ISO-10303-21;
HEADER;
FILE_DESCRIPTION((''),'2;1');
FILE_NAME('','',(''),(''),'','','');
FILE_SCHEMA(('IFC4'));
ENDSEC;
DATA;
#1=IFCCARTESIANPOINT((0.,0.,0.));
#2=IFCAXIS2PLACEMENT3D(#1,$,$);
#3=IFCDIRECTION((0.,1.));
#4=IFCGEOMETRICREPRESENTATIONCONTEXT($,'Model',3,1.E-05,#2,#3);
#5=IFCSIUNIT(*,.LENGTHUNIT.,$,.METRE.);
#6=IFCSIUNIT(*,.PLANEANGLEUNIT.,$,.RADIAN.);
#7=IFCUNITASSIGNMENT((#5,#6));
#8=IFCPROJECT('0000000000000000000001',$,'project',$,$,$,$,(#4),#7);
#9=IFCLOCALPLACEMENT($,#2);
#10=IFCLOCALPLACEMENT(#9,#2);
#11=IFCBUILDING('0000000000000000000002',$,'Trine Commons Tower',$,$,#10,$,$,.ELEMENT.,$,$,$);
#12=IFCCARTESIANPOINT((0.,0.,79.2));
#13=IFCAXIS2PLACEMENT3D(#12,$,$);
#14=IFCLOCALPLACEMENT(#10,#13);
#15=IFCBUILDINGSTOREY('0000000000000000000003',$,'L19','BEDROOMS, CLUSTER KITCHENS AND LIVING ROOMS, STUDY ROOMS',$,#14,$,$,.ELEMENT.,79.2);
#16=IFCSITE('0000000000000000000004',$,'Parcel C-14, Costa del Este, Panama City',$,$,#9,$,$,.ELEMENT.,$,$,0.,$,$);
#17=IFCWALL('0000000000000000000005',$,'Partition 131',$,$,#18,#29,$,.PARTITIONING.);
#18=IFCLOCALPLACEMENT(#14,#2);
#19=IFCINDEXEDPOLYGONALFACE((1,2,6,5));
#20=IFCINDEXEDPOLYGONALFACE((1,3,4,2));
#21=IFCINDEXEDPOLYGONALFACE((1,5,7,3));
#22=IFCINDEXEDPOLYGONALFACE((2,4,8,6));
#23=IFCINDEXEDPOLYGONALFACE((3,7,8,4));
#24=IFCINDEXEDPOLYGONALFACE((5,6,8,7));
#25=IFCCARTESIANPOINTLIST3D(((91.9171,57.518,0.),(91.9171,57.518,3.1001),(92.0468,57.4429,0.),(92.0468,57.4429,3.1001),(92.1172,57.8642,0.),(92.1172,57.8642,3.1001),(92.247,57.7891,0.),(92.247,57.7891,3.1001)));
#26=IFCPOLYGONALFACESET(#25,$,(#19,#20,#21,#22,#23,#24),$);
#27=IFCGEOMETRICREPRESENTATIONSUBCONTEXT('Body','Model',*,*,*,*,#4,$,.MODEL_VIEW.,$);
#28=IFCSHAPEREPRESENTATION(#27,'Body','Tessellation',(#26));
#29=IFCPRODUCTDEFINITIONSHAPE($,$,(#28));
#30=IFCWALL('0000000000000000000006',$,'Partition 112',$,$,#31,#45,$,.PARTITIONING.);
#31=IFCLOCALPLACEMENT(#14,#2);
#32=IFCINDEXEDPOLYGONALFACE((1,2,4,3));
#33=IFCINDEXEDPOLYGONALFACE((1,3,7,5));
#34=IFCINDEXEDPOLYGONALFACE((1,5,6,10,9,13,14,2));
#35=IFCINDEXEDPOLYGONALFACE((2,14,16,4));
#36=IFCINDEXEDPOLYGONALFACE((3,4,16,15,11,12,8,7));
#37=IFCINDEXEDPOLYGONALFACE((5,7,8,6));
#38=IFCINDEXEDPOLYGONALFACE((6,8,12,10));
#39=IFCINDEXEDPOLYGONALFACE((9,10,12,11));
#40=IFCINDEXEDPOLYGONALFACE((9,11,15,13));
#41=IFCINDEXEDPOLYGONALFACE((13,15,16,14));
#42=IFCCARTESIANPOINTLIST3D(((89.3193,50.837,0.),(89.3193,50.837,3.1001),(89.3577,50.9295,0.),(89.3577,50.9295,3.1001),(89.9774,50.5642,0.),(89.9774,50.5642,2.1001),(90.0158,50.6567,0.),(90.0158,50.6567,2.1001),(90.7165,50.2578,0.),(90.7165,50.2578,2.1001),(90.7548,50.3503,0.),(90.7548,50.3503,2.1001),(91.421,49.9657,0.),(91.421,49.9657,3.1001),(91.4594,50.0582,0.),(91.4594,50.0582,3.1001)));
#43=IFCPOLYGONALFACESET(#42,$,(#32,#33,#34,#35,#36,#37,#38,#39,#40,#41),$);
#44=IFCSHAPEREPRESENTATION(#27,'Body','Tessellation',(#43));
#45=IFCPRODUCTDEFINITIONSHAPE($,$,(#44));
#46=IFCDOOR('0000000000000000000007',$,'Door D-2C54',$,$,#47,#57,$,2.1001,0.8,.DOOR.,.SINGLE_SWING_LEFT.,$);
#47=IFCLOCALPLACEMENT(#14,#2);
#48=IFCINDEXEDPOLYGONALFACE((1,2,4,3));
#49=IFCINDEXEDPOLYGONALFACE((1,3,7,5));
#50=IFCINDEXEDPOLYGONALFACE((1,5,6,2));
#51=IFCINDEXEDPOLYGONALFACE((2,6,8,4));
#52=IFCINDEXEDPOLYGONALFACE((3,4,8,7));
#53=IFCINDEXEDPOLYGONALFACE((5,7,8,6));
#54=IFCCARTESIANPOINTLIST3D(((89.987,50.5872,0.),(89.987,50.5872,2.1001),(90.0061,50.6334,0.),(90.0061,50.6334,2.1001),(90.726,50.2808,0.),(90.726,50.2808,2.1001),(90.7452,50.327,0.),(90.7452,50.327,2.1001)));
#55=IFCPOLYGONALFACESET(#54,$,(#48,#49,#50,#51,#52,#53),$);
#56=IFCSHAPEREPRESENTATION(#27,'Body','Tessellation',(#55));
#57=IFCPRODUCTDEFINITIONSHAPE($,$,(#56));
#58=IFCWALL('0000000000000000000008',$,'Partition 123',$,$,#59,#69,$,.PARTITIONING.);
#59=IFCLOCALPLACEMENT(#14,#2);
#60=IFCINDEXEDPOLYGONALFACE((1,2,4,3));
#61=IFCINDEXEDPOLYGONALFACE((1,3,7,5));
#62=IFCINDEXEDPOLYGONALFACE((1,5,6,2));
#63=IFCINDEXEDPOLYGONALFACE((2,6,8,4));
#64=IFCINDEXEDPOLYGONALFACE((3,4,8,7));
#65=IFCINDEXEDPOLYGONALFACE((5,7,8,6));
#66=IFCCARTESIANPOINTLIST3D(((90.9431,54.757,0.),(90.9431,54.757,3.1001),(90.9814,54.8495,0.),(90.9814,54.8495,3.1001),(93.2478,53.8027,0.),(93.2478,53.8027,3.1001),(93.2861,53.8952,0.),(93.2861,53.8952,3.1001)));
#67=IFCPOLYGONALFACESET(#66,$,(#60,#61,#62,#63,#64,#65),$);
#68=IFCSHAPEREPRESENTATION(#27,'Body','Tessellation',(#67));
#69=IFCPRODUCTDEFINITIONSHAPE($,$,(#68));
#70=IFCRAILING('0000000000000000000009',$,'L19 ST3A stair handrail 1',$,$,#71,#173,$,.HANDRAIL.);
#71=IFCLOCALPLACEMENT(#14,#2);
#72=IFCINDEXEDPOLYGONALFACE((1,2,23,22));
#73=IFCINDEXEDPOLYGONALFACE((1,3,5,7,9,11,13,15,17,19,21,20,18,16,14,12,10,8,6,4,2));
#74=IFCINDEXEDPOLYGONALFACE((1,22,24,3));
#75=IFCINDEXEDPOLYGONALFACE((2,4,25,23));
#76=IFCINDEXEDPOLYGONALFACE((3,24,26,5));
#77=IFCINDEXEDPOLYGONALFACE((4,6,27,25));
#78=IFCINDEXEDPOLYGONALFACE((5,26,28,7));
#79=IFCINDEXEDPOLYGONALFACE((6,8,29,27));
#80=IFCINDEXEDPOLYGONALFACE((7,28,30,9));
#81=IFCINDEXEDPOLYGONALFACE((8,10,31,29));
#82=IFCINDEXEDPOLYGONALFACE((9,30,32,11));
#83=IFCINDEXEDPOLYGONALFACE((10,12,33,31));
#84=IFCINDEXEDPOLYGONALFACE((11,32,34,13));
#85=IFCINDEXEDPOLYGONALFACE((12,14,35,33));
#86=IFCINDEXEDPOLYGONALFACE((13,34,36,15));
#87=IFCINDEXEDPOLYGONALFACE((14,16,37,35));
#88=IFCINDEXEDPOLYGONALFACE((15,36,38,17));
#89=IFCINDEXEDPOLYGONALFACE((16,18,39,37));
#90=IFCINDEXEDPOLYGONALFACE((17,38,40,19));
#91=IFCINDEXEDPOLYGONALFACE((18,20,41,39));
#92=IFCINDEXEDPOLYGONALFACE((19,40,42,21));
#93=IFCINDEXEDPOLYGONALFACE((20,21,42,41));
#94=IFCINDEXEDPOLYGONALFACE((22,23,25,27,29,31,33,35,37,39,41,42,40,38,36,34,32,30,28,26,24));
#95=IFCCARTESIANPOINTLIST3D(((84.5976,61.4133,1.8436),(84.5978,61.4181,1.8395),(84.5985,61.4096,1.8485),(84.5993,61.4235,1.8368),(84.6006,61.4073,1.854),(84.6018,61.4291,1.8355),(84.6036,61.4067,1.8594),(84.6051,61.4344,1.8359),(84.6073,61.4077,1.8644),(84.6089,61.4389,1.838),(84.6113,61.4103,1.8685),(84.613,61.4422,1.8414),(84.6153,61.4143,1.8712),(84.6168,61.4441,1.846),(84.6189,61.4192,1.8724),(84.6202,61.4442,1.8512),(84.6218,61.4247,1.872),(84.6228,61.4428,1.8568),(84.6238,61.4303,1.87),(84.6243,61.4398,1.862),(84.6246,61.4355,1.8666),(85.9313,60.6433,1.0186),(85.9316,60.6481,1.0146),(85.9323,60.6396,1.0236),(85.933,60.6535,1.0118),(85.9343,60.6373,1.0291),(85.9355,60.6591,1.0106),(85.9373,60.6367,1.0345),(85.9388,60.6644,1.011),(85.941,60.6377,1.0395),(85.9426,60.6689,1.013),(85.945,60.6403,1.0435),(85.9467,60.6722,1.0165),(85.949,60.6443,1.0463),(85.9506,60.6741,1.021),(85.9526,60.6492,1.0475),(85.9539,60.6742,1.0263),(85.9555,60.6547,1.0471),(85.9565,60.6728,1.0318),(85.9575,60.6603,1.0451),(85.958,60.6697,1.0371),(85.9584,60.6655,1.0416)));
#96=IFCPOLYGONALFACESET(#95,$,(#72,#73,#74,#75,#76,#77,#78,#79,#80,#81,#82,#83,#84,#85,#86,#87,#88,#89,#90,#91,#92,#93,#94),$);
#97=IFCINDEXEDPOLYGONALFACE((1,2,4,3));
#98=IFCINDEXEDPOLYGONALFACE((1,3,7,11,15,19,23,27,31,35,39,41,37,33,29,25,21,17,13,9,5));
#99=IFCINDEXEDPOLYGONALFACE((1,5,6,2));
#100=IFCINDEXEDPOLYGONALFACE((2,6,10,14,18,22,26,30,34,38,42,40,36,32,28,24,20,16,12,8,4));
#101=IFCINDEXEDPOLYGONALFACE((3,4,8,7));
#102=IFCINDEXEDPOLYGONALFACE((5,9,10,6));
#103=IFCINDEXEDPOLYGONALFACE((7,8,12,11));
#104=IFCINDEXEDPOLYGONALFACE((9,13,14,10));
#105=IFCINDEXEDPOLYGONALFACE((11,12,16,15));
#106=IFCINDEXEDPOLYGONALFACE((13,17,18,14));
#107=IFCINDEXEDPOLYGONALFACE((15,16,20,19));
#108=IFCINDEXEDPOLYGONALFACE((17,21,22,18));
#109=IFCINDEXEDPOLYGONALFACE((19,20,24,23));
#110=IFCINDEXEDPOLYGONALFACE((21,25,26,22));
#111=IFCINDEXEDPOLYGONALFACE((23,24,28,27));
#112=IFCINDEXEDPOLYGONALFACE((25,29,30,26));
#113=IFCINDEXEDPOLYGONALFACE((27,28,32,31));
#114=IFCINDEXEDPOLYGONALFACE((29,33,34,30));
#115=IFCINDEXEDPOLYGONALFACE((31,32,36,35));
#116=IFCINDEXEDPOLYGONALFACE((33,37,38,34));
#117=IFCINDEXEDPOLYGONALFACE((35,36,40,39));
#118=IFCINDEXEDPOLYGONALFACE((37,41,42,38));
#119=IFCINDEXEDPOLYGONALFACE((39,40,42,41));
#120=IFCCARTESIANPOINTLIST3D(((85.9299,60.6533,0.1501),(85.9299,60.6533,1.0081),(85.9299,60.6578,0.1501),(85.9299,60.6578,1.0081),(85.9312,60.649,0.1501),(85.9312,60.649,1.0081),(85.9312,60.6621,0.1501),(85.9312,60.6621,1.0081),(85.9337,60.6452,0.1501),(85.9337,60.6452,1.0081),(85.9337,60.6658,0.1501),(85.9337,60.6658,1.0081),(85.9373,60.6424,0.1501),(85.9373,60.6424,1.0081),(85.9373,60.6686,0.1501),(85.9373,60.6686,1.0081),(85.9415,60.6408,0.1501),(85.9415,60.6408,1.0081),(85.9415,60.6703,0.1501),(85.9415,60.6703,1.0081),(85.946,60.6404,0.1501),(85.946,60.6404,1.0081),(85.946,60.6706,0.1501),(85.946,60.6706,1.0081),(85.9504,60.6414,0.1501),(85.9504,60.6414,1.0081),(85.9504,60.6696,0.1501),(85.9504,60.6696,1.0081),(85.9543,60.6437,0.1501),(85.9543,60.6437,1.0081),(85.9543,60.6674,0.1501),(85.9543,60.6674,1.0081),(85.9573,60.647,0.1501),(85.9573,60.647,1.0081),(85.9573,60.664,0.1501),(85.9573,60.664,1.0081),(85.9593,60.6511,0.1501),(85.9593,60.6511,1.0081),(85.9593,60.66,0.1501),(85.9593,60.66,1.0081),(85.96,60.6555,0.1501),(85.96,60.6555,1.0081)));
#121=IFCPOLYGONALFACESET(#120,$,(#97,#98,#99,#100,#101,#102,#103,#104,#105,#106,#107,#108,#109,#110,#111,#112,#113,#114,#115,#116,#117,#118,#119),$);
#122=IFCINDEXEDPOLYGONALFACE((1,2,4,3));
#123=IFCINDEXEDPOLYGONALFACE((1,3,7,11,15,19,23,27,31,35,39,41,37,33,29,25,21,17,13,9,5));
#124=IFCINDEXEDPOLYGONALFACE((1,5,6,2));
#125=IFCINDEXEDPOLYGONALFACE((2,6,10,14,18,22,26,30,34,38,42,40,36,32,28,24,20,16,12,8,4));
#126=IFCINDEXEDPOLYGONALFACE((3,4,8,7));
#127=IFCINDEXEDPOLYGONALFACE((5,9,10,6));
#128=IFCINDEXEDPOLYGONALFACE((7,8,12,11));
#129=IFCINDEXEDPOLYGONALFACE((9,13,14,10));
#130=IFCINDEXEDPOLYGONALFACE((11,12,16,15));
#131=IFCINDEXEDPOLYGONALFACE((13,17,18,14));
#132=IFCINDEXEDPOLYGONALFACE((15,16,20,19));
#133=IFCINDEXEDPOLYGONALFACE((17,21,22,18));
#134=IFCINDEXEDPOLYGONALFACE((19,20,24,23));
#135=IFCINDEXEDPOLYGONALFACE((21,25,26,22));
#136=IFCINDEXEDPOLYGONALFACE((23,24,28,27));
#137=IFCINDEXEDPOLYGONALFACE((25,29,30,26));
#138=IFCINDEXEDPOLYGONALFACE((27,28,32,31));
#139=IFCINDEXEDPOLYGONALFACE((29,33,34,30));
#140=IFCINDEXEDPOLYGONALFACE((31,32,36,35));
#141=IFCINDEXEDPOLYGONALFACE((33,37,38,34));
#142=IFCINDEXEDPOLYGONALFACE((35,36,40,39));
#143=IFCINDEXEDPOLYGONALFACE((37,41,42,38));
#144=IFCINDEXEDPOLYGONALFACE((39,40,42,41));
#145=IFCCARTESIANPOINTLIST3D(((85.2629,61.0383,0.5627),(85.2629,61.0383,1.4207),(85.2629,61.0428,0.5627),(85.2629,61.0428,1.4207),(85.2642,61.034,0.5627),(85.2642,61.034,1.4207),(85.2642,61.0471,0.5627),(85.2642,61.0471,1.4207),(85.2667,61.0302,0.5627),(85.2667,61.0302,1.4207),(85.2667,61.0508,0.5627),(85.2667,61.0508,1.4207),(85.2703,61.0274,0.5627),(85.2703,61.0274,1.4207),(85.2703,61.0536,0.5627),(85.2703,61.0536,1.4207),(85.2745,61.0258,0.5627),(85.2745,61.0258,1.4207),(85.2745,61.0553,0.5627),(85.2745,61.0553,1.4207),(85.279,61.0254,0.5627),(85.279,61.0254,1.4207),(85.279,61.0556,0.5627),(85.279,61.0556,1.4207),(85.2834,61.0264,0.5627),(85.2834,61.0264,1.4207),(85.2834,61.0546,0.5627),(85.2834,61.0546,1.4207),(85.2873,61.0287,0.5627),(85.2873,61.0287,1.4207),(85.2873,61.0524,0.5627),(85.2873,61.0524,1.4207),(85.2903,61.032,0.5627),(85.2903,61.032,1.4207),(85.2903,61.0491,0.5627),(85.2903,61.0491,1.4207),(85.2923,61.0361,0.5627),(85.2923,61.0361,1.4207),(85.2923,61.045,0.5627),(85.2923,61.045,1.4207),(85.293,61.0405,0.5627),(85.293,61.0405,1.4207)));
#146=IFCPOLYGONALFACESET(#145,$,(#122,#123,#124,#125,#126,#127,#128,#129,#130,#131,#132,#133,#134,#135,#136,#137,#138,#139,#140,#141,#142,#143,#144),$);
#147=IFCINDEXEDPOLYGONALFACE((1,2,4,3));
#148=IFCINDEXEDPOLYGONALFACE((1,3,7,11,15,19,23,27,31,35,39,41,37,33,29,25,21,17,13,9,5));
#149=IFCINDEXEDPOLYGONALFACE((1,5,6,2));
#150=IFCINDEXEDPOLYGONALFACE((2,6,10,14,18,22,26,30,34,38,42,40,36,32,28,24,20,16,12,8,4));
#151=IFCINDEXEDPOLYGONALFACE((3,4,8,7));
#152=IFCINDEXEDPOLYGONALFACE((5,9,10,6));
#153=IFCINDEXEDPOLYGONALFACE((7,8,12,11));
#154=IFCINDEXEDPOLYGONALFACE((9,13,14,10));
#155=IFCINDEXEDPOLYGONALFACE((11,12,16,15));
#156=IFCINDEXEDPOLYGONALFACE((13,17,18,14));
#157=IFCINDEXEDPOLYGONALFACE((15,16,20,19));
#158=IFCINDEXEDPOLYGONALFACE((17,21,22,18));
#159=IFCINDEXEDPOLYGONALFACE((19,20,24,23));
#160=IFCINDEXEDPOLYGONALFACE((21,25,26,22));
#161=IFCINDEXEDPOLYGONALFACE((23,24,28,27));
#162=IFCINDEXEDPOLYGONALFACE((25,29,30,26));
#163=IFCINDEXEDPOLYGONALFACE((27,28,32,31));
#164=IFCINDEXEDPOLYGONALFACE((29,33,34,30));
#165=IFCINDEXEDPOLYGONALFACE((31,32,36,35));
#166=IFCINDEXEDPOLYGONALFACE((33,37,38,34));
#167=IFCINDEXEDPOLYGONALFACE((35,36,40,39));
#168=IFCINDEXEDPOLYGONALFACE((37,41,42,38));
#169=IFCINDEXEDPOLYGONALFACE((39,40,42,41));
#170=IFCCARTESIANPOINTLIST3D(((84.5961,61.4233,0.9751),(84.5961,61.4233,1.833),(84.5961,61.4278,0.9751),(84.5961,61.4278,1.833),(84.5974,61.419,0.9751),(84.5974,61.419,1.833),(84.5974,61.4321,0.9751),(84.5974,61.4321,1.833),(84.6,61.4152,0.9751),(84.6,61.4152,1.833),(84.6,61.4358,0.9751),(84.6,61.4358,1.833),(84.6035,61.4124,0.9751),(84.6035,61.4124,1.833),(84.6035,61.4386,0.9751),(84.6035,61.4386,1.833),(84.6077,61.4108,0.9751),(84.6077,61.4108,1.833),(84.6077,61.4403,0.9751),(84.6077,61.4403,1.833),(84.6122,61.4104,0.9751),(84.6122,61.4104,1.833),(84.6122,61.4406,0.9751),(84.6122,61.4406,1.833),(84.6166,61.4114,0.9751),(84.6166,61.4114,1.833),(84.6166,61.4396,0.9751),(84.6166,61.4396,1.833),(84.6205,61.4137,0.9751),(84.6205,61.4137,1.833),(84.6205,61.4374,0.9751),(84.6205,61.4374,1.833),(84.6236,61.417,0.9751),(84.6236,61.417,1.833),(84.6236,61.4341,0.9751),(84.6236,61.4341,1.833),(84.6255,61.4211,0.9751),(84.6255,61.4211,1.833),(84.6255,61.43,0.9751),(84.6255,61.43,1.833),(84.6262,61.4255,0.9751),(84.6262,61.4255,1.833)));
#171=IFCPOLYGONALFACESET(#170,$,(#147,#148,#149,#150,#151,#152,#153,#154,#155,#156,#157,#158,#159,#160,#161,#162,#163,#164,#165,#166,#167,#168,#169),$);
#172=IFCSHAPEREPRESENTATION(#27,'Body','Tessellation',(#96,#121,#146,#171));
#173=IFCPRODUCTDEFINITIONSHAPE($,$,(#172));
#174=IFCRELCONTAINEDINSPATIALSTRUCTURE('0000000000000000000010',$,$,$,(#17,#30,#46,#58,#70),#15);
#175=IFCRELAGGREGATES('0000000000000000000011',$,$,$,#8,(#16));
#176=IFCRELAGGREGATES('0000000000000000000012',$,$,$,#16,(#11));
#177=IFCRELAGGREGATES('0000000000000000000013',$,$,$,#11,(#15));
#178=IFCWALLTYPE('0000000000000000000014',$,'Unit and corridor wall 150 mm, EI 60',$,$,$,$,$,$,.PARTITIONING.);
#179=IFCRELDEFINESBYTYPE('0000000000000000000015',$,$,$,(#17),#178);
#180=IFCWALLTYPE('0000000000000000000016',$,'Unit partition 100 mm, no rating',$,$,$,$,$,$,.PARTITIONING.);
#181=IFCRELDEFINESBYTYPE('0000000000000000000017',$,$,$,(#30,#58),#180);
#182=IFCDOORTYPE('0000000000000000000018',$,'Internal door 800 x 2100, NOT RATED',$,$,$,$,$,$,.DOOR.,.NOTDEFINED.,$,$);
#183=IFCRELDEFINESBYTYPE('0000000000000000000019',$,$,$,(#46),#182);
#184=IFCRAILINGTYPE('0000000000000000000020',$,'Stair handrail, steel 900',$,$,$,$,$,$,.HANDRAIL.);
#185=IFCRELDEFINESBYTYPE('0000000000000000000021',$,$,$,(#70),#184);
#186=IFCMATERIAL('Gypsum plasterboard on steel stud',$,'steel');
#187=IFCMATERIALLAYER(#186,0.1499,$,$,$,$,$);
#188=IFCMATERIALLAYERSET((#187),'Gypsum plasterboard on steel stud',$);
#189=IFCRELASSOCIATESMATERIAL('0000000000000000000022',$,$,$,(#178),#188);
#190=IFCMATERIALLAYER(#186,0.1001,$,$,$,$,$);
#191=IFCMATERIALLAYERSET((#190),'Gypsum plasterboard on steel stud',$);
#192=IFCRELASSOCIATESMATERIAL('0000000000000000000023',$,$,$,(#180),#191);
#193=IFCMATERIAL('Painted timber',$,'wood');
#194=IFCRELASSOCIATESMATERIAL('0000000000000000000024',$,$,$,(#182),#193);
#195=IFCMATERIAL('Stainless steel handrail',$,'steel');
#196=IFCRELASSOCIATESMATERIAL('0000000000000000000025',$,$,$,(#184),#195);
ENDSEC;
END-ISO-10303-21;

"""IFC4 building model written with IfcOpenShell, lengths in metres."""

from ifc_helpers import new_model, si_unit, direction, frame, frame_2d, origin, origin_2d, place, context, subcontext, project, spatial, rectangle, circle, extrude, material, layer, layer_set, type_object, element, fill, save


model = new_model("IFC4")

# Units and contexts
model_context = context("Model", 3, precision=1e-05, world=origin(), true_north=direction((0.0, 1.0)))
body_context = subcontext(model_context, "Body", "Model", "MODEL_VIEW")
ifc_project = project(units=[si_unit("LENGTHUNIT", "METRE"), si_unit("PLANEANGLEUNIT", "RADIAN")], contexts=[model_context])

# Site, building, storey
site_placement = place(None, origin())
site = spatial("IfcSite", under=ifc_project, at=site_placement, Name="Parcel C-14, Costa del Este, Panama City", CompositionType="ELEMENT", RefElevation=0.0)
building_placement = place(site_placement, origin())
building = spatial("IfcBuilding", under=site, at=building_placement, Name="Trine Commons Tower", CompositionType="ELEMENT")
storey_placement = place(building_placement, frame((0.0, 0.0, 79.2)))
storey = spatial("IfcBuildingStorey", under=building, at=storey_placement, Name="L19", Description="BEDROOMS, CLUSTER KITCHENS AND LIVING ROOMS, STUDY ROOMS", CompositionType="ELEMENT", Elevation=79.2)

# Shared definitions
ifc_material_1 = material(Name="Gypsum plasterboard on steel stud", Category="steel")
ifc_layer_1 = layer(ifc_material_1, 0.1499)
ifc_layer_set_1 = layer_set([ifc_layer_1], Name="Gypsum plasterboard on steel stud")
wall_type_1 = type_object("IfcWallType", Name="Unit and corridor wall 150 mm, EI 60", PredefinedType="PARTITIONING", material=ifc_layer_set_1)

# Wall
wall_1_placement = place(storey_placement, frame((91.9819, 57.4805, 0.0), z_axis=(0.0, 0.0, 1.0), x_axis=(0.500603, 0.865677, 0.0)))
element("IfcWall", 1, at=wall_1_placement, inside=storey, type_object=wall_type_1, Name="Partition 131", PredefinedType="PARTITIONING", context=body_context, shape_type="SweptSolid", body=[
    extrude(rectangle(XDim=0.3999, YDim=0.1499, at=frame_2d((0.2, 0.0))), origin(), (0.0, 0.0, 1.0), 3.1001),
])

# Wall, opening, door
ifc_layer_2 = layer(ifc_material_1, 0.1001)
ifc_layer_set_2 = layer_set([ifc_layer_2], Name="Gypsum plasterboard on steel stud")
wall_type_2 = type_object("IfcWallType", Name="Unit partition 100 mm, no rating", PredefinedType="PARTITIONING", material=ifc_layer_set_2)
wall_2_placement = place(storey_placement, frame((89.3384, 50.8833, 0.0), z_axis=(0.0, 0.0, 1.0), x_axis=(0.923764, -0.382961, 0.0)))
wall_2 = element("IfcWall", 2, at=wall_2_placement, inside=storey, type_object=wall_type_2, Name="Partition 112", PredefinedType="PARTITIONING", context=body_context, shape_type="SweptSolid", body=[
    extrude(rectangle(XDim=2.2751, YDim=0.1001, at=frame_2d((1.1377, 0.0))), origin(), (0.0, 0.0, 1.0), 3.1001),
])
opening_1_placement = place(wall_2_placement, frame((0.7126, 0.0, 0.0)))
opening_1 = element("IfcOpeningElement", 3, at=opening_1_placement, cuts=wall_2, PredefinedType="OPENING", context=body_context, shape_type="SweptSolid", body=[
    extrude(rectangle(XDim=0.8, YDim=2.1001, at=frame_2d((0.3999, 1.05))), frame((0.0, 0.0601, 0.0), z_axis=(0.0, -1.0, 0.0), x_axis=(1.0, 0.0, 0.0)), (0.0, 0.0, 1.0), 0.1201),
])
ifc_material_2 = material(Name="Painted timber", Category="wood")
door_type_1 = type_object("IfcDoorType", Name="Internal door 800 x 2100, NOT RATED", OperationType="NOTDEFINED", PredefinedType="DOOR", material=ifc_material_2)
door_1_placement = place(opening_1_placement, origin())
door_1 = element("IfcDoor", 4, at=door_1_placement, inside=storey, type_object=door_type_1, Name="Door D-2C54", OperationType="SINGLE_SWING_LEFT", OverallHeight=2.1001, OverallWidth=0.8, PredefinedType="DOOR", context=body_context, shape_type="SweptSolid", body=[
    extrude(rectangle(XDim=0.8, YDim=2.1001, at=frame_2d((0.3999, 1.05))), frame((0.0, 0.0249, 0.0), z_axis=(0.0, -1.0, 0.0), x_axis=(1.0, 0.0, 0.0)), (0.0, 0.0, 1.0), 0.05),
])
fill(opening_1, door_1)

# Wall
wall_3_placement = place(storey_placement, frame((90.9624, 54.8032, 0.0), z_axis=(0.0, 0.0, 1.0), x_axis=(0.92392, -0.382585, 0.0)))
element("IfcWall", 5, at=wall_3_placement, inside=storey, type_object=wall_type_2, Name="Partition 123", PredefinedType="PARTITIONING", context=body_context, shape_type="SweptSolid", body=[
    extrude(rectangle(XDim=2.4944, YDim=0.1001, at=frame_2d((1.2471, 0.0))), origin(), (0.0, 0.0, 1.0), 3.1001),
])

# Railing
ifc_material_3 = material(Name="Stainless steel handrail", Category="steel")
railing_type = type_object("IfcRailingType", Name="Stair handrail, steel 900", PredefinedType="HANDRAIL", material=ifc_material_3)
railing_placement = place(storey_placement, frame((85.9448, 60.6555, 0.1501)))
element("IfcRailing", 6, at=railing_placement, inside=storey, type_object=railing_type, Name="L19 ST3A stair handrail 1", PredefinedType="HANDRAIL", context=body_context, shape_type="SweptSolid", body=[
    extrude(circle(Radius=0.021, at=origin_2d()), frame((0.0, 0.0, 0.8789), z_axis=(-0.763405, 0.440743, 0.472185), x_axis=(-0.499992, -0.86603, 0.0)), (0.0, 0.0, 1.0), 1.7471),
    extrude(circle(Radius=0.0151, at=origin_2d()), origin(), (0.0, 0.0, 1.0), 0.8579),
    extrude(circle(Radius=0.0151, at=origin_2d()), frame((-0.667, 0.385, 0.4126)), (0.0, 0.0, 1.0), 0.8579),
    extrude(circle(Radius=0.0151, at=origin_2d()), frame((-1.3337, 0.77, 0.825)), (0.0, 0.0, 1.0), 0.8579),
])

save(model, "model.ifc")
